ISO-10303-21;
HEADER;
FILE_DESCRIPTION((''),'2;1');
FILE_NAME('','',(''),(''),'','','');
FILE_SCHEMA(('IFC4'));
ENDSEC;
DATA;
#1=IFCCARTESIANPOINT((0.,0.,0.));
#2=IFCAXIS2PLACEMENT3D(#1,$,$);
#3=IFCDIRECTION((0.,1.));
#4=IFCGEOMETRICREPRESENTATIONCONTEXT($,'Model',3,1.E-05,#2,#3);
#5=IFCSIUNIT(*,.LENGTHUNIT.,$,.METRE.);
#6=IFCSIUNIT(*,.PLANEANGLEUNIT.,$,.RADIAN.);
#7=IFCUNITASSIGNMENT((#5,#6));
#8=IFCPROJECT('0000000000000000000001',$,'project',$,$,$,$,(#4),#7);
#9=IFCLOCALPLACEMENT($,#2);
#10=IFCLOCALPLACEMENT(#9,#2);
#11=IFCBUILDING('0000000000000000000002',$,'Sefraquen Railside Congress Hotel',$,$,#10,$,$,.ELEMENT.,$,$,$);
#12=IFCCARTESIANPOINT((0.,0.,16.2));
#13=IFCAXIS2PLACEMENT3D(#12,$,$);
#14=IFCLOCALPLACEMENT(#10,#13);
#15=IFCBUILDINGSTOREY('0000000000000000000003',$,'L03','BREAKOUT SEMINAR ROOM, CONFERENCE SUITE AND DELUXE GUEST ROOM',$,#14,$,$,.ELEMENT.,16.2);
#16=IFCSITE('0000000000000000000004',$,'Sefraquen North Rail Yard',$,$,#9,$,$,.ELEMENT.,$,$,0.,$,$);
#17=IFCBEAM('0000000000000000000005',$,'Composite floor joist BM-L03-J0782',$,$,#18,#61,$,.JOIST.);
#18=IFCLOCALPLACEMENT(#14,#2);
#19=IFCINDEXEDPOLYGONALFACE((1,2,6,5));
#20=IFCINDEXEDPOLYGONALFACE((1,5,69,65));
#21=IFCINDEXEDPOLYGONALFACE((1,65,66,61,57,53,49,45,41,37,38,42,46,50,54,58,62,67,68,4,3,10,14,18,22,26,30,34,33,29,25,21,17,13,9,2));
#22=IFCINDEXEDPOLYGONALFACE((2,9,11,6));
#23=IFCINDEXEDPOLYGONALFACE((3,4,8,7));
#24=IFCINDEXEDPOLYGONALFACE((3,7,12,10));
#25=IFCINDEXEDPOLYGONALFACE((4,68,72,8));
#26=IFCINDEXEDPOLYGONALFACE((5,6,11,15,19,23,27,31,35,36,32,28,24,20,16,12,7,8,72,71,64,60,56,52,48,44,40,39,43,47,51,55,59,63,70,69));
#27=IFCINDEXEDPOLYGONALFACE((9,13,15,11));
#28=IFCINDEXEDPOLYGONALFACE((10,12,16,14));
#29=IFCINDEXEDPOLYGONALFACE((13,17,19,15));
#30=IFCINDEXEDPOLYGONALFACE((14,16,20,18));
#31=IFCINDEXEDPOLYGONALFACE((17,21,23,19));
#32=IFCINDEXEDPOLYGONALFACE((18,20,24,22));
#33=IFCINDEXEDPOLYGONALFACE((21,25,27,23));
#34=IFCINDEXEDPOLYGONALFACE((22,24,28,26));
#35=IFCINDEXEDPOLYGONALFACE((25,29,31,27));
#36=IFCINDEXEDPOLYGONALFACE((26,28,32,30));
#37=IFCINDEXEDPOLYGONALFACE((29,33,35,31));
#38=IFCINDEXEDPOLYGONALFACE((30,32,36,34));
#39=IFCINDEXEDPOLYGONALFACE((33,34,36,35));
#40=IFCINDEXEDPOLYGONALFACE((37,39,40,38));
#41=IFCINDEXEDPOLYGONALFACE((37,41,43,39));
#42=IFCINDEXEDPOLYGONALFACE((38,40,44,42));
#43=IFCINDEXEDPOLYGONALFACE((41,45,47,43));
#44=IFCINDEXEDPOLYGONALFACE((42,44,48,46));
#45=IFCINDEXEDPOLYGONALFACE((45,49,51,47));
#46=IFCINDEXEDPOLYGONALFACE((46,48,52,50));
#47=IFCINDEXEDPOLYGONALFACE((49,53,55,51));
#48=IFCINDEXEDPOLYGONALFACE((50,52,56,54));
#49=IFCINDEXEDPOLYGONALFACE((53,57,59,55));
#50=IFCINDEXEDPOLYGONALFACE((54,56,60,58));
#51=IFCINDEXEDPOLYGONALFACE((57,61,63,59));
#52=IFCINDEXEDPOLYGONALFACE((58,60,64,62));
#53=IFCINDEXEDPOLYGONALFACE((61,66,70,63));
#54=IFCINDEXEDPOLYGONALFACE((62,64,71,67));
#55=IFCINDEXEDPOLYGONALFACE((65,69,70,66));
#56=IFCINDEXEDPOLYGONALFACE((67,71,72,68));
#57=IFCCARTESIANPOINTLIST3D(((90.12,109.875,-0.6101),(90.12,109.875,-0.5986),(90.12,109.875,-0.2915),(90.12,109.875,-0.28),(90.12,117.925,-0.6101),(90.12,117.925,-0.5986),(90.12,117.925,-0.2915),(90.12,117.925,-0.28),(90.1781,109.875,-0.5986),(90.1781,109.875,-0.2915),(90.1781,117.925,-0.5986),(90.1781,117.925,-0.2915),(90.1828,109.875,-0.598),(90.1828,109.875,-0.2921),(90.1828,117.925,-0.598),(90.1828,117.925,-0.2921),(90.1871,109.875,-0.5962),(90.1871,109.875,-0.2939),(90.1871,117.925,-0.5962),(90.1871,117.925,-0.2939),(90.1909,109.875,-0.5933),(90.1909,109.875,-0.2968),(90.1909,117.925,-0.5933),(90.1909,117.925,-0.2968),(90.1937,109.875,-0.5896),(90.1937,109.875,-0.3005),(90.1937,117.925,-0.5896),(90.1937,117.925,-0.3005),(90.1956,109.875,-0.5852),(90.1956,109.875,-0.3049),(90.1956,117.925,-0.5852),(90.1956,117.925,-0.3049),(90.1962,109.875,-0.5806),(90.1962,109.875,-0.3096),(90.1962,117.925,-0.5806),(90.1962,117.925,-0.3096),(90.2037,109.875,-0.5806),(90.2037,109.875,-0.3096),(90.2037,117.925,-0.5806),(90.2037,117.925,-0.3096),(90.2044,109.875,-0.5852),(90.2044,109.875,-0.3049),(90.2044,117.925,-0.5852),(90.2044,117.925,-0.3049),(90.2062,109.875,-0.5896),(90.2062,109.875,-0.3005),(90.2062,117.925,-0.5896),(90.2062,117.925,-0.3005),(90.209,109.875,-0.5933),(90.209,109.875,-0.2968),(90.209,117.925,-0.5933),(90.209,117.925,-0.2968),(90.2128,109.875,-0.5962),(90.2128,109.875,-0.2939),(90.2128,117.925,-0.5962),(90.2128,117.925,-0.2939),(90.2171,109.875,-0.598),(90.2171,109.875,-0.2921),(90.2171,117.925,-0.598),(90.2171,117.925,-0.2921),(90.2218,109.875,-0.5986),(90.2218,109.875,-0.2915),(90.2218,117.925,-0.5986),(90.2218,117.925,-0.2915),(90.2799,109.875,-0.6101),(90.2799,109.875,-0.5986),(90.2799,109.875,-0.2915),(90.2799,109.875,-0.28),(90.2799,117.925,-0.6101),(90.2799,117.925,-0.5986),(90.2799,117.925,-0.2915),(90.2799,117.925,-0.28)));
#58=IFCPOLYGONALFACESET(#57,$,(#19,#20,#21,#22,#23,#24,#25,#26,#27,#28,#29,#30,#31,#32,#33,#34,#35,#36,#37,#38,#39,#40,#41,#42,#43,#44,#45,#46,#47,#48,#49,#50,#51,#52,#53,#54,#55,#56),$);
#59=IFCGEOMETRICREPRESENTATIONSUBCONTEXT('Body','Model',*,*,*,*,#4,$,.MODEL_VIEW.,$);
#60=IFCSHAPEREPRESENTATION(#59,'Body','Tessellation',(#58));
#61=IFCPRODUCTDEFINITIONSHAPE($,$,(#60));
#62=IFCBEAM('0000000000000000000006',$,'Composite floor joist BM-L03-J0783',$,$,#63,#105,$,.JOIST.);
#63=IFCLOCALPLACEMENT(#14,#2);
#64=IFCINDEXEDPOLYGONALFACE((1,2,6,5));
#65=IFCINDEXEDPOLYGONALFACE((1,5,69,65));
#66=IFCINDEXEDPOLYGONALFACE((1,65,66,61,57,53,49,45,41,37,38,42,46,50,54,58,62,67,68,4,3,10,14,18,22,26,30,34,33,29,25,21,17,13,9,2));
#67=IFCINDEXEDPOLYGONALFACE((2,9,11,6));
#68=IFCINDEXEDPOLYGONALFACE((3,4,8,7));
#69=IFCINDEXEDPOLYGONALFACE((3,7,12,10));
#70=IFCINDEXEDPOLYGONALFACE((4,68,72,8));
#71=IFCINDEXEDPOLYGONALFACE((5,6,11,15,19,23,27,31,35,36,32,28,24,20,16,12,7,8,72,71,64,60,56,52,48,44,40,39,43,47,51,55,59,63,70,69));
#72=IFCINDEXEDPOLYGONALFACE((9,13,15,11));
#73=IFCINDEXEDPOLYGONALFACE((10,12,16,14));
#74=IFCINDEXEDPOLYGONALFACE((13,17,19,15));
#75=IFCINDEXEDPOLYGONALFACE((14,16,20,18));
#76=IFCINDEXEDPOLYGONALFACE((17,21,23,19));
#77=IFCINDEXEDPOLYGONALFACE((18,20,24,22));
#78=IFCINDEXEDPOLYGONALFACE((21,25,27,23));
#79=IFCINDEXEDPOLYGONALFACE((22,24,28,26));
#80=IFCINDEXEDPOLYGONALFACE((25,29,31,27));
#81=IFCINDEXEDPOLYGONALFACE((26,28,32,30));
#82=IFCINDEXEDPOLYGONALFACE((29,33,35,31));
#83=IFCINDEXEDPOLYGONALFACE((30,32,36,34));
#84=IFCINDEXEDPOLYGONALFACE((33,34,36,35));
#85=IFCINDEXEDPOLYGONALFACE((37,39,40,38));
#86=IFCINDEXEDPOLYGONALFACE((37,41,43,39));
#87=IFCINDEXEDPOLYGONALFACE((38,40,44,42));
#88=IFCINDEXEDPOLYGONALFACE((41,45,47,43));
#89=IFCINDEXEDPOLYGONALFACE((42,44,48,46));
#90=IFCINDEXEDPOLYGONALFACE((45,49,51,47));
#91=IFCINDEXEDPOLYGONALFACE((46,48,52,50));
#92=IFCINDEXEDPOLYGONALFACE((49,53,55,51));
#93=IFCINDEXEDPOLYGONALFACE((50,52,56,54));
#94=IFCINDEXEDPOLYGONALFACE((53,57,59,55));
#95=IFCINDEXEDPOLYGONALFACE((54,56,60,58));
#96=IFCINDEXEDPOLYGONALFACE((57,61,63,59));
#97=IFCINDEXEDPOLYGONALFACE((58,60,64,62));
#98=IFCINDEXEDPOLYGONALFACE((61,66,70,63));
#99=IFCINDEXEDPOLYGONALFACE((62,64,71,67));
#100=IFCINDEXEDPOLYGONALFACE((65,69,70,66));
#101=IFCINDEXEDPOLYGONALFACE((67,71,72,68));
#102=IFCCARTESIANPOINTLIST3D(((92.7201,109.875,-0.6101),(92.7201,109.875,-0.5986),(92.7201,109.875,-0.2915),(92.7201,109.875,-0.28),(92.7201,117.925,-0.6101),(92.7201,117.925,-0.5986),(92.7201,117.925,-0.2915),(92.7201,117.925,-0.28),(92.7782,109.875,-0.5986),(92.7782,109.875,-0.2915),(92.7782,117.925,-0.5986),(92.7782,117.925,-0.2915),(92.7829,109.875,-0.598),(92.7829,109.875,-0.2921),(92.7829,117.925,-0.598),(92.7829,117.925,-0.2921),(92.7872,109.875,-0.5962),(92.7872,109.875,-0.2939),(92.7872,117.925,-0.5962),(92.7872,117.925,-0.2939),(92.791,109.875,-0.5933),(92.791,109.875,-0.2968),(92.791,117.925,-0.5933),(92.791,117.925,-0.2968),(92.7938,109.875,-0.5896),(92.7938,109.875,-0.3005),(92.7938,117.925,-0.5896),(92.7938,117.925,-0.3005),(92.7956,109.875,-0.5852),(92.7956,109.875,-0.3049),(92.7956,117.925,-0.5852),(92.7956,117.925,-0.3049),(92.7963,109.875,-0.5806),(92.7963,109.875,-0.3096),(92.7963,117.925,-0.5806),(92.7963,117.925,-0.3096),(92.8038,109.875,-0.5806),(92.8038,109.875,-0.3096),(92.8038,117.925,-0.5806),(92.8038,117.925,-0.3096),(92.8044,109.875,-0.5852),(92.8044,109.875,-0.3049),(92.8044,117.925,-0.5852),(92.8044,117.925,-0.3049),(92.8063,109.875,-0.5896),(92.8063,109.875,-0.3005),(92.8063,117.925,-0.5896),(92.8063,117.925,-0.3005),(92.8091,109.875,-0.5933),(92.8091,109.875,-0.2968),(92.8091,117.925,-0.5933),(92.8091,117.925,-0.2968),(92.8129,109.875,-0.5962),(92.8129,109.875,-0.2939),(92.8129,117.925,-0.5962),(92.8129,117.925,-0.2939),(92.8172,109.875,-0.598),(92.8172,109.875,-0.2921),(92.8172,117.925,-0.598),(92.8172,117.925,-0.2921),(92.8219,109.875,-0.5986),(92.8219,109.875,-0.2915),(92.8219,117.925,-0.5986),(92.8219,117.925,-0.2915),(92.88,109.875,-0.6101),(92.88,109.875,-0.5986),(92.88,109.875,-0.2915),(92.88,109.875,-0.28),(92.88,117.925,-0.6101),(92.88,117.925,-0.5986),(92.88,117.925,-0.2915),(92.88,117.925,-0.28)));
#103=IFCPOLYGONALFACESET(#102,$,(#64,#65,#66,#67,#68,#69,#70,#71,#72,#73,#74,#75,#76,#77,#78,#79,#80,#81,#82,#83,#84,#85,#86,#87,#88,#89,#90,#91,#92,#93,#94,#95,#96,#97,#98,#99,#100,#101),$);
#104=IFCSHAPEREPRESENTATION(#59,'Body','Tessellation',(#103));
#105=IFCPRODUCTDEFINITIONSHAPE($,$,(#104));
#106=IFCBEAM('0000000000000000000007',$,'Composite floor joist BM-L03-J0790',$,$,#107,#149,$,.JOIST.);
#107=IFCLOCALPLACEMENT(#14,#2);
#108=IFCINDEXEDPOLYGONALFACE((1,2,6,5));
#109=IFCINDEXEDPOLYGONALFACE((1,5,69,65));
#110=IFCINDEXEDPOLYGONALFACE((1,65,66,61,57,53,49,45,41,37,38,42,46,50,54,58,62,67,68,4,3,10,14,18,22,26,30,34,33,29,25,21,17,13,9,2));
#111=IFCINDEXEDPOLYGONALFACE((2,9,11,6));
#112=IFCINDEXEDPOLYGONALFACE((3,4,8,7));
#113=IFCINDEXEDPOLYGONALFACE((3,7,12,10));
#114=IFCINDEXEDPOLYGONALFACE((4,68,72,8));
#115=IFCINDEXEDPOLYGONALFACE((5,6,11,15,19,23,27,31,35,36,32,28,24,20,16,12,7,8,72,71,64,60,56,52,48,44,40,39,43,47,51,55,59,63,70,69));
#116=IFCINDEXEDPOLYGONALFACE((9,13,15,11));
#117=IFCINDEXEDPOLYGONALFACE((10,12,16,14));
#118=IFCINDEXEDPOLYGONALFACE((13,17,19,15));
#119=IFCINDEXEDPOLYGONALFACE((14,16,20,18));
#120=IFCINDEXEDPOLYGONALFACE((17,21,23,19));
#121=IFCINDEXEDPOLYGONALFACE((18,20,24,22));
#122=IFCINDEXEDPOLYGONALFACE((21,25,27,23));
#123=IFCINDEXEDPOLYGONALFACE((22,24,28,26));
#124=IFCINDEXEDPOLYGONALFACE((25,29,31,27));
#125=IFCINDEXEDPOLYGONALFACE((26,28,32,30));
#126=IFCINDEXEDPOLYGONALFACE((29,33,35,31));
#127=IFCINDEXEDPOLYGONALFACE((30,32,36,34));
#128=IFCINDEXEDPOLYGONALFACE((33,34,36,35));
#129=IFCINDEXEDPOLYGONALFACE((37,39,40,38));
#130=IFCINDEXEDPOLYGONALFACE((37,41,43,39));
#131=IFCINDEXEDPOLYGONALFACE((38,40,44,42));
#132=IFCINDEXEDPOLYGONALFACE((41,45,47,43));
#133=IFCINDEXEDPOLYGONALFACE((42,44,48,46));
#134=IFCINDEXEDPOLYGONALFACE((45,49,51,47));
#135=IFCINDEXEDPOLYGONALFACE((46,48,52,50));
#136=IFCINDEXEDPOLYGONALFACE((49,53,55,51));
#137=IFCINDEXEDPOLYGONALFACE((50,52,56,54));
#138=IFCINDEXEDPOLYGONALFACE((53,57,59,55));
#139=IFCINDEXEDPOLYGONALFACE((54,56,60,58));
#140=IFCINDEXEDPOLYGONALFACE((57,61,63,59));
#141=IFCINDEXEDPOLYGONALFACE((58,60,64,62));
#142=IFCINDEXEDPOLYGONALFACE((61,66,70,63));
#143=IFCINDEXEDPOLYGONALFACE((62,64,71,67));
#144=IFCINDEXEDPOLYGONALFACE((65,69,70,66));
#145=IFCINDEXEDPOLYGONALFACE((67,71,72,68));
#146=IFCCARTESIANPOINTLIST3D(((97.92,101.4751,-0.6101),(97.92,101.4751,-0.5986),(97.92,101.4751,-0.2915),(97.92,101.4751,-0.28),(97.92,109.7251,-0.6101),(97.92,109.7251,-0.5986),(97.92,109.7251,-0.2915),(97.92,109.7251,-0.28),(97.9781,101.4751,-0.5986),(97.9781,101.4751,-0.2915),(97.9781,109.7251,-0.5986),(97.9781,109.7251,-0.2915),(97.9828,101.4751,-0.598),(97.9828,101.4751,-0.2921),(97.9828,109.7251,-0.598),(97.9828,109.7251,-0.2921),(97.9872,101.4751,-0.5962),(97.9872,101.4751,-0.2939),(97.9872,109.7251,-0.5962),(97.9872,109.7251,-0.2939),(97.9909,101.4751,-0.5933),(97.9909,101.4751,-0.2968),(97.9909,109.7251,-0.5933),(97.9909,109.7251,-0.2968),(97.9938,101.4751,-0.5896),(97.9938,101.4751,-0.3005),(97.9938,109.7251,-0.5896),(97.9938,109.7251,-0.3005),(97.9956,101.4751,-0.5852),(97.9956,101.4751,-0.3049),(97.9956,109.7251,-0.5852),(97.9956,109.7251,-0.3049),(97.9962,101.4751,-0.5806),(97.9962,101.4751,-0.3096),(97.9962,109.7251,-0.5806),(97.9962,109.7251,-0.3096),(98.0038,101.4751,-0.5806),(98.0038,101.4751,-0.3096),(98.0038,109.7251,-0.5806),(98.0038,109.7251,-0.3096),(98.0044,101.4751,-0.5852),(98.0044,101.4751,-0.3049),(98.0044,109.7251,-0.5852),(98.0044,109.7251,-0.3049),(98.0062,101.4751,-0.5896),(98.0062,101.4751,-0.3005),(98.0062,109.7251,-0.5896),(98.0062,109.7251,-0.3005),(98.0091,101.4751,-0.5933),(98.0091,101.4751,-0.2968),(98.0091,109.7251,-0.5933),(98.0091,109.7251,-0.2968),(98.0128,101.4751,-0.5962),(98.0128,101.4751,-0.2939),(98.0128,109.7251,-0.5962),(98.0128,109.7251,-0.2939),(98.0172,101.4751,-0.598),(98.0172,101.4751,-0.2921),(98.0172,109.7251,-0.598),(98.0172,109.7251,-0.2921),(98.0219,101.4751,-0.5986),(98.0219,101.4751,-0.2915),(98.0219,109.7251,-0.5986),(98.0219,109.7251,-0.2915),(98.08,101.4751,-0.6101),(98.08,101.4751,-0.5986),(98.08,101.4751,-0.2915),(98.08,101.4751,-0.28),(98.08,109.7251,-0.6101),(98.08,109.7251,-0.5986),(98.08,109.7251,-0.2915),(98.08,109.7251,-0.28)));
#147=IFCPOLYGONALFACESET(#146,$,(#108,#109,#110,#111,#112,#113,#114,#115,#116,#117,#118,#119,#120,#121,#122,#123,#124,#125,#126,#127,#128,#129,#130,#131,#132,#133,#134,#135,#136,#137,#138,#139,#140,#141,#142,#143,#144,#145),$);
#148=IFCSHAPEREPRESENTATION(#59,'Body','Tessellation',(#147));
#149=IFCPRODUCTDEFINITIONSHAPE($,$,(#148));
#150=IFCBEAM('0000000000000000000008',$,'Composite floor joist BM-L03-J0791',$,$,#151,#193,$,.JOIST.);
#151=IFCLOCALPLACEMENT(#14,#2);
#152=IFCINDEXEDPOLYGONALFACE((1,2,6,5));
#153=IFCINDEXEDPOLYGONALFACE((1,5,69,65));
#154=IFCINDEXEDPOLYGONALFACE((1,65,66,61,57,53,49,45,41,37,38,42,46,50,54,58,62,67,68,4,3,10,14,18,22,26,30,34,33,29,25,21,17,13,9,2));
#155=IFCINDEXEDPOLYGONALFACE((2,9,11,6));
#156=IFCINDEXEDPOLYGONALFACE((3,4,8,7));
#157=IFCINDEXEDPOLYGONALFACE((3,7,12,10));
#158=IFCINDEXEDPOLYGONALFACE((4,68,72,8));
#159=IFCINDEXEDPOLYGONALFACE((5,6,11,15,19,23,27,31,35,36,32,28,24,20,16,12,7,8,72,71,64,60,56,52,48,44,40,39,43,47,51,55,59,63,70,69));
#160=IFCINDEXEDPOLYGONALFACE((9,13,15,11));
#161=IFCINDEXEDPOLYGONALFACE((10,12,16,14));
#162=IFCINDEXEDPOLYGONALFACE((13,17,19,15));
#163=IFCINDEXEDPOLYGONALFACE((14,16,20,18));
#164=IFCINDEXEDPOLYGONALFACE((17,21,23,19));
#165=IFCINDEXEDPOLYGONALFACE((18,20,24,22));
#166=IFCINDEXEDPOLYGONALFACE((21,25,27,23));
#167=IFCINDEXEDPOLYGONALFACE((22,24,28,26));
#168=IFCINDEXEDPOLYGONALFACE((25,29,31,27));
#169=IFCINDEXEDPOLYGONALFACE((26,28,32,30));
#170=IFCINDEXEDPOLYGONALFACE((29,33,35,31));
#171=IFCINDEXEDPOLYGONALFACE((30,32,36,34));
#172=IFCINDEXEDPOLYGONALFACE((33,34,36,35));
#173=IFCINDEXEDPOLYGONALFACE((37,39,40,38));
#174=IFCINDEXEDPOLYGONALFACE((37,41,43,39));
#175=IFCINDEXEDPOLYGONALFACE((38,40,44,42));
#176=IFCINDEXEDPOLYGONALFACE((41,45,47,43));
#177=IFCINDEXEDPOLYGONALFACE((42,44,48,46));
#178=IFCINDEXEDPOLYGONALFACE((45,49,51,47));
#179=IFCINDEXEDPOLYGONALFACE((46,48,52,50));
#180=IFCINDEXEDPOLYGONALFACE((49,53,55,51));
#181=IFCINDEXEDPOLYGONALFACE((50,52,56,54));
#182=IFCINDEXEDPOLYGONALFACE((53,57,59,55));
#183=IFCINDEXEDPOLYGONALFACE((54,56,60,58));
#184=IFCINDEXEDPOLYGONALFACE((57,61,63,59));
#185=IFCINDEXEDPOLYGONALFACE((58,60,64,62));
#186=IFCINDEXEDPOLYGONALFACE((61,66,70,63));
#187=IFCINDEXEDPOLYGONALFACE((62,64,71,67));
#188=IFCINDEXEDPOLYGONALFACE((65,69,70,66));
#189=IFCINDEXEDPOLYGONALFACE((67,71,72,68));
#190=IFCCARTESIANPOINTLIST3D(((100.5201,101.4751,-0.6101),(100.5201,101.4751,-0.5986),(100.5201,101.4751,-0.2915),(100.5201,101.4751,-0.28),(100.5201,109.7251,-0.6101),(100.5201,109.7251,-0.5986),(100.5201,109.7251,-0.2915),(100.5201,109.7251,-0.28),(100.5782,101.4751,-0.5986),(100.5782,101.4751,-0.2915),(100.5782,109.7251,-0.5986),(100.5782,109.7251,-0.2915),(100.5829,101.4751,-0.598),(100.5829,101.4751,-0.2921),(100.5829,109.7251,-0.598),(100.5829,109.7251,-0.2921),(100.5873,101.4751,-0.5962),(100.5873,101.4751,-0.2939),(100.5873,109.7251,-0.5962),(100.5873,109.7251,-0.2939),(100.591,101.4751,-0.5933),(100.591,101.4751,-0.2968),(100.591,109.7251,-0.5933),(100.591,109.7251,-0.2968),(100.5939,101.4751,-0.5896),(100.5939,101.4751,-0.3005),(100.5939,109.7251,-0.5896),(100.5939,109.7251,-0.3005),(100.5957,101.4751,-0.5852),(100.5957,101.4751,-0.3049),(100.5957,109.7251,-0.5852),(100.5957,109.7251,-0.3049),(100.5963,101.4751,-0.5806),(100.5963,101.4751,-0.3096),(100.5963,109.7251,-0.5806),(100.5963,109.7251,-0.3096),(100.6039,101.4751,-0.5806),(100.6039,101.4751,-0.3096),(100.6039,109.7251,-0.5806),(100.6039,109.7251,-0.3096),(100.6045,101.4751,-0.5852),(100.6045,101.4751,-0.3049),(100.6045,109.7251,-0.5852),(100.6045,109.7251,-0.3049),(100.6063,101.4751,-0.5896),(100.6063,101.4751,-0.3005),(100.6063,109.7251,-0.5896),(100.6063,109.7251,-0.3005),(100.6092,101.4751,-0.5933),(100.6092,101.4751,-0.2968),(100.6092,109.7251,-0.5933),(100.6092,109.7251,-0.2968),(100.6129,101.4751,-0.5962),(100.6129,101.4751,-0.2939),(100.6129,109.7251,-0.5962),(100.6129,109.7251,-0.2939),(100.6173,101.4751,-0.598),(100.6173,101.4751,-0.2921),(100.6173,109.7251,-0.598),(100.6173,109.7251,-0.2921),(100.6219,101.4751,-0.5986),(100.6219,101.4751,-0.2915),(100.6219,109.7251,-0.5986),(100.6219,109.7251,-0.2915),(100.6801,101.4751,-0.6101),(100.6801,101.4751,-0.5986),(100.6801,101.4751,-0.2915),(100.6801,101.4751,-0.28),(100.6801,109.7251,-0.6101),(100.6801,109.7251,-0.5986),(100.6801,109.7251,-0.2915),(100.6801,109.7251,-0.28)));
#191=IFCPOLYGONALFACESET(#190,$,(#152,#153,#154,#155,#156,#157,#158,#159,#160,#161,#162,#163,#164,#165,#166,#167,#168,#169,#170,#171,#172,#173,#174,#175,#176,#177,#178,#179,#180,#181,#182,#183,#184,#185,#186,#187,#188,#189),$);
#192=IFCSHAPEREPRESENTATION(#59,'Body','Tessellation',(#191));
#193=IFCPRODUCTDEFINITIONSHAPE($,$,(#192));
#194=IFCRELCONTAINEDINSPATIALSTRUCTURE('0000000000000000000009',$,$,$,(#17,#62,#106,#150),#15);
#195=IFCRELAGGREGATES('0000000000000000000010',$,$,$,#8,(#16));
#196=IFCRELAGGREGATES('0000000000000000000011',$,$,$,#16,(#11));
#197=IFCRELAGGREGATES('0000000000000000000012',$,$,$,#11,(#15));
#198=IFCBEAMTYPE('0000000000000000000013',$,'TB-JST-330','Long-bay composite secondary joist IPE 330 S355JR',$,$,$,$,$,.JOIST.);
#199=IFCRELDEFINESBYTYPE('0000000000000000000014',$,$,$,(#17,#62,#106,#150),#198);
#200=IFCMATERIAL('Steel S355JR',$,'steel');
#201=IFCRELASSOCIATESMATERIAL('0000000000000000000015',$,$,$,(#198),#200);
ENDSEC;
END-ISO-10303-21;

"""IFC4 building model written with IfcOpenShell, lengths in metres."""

from ifc_helpers import new_model, si_unit, direction, frame, origin, origin_2d, place, context, subcontext, project, spatial, i_section, extrude, material, material_profile, profile_set, type_object, element, save


model = new_model("IFC4")

# Units and contexts
model_context = context("Model", 3, precision=1e-05, world=origin(), true_north=direction((0.0, 1.0)))
body_context = subcontext(model_context, "Body", "Model", "MODEL_VIEW")
ifc_project = project(units=[si_unit("LENGTHUNIT", "METRE"), si_unit("PLANEANGLEUNIT", "RADIAN")], contexts=[model_context])

# Site, building, storey
site_placement = place(None, origin())
site = spatial("IfcSite", under=ifc_project, at=site_placement, Name="Sefraquen North Rail Yard", CompositionType="ELEMENT", RefElevation=0.0)
building_placement = place(site_placement, origin())
building = spatial("IfcBuilding", under=site, at=building_placement, Name="Sefraquen Railside Congress Hotel", CompositionType="ELEMENT")
storey_placement = place(building_placement, frame((0.0, 0.0, 16.2)))
storey = spatial("IfcBuildingStorey", under=building, at=storey_placement, Name="L03", Description="BREAKOUT SEMINAR ROOM, CONFERENCE SUITE AND DELUXE GUEST ROOM", CompositionType="ELEMENT", Elevation=16.2)

# Shared definitions
ifc_material_1 = material(Name="Steel S355JR", Category="steel")

# Beams
ifc_material_profile_1 = material_profile(ifc_material_1, i_section(OverallWidth=0.1599, OverallDepth=0.3301, WebThickness=0.0076, FlangeThickness=0.0115, FilletRadius=0.0181, at=origin_2d()), Name="IPE 330")
ifc_profile_set_1 = profile_set([ifc_material_profile_1], Name="Steel S355JR")
beam_type_1 = type_object("IfcBeamType", Name="TB-JST-330", Description="Long-bay composite secondary joist IPE 330 S355JR", PredefinedType="JOIST", material=ifc_profile_set_1)
for number, where, z_axis, x_axis, name in (
    (1, (90.2, 109.875, -0.4451), (0.0, 1.0, 0.0), (-1.0, 0.0, 0.0), "Composite floor joist BM-L03-J0782"),
    (2, (92.8, 109.875, -0.4451), (0.0, 1.0, 0.0), (-1.0, 0.0, 0.0), "Composite floor joist BM-L03-J0783"),
):
    element("IfcBeam", number, at=place(storey_placement, frame(where, z_axis=z_axis, x_axis=x_axis)), inside=storey, type_object=beam_type_1, Name=name, PredefinedType="JOIST", context=body_context, shape_type="SweptSolid", body=[
        extrude(i_section(OverallWidth=0.1599, OverallDepth=0.3301, WebThickness=0.0076, FlangeThickness=0.0115, FilletRadius=0.0181, at=origin_2d()), origin(), (0.0, 0.0, 1.0), 8.05),
    ])
for number, where, z_axis, x_axis, name in (
    (3, (98.0, 101.4751, -0.4451), (0.0, 1.0, 0.0), (-1.0, 0.0, 0.0), "Composite floor joist BM-L03-J0790"),
    (4, (100.6001, 101.4751, -0.4451), (0.0, 1.0, 0.0), (-1.0, 0.0, 0.0), "Composite floor joist BM-L03-J0791"),
):
    element("IfcBeam", number, at=place(storey_placement, frame(where, z_axis=z_axis, x_axis=x_axis)), inside=storey, type_object=beam_type_1, Name=name, PredefinedType="JOIST", context=body_context, shape_type="SweptSolid", body=[
        extrude(i_section(OverallWidth=0.1599, OverallDepth=0.3301, WebThickness=0.0076, FlangeThickness=0.0115, FilletRadius=0.0181, at=origin_2d()), origin(), (0.0, 0.0, 1.0), 8.25),
    ])

save(model, "model.ifc")
